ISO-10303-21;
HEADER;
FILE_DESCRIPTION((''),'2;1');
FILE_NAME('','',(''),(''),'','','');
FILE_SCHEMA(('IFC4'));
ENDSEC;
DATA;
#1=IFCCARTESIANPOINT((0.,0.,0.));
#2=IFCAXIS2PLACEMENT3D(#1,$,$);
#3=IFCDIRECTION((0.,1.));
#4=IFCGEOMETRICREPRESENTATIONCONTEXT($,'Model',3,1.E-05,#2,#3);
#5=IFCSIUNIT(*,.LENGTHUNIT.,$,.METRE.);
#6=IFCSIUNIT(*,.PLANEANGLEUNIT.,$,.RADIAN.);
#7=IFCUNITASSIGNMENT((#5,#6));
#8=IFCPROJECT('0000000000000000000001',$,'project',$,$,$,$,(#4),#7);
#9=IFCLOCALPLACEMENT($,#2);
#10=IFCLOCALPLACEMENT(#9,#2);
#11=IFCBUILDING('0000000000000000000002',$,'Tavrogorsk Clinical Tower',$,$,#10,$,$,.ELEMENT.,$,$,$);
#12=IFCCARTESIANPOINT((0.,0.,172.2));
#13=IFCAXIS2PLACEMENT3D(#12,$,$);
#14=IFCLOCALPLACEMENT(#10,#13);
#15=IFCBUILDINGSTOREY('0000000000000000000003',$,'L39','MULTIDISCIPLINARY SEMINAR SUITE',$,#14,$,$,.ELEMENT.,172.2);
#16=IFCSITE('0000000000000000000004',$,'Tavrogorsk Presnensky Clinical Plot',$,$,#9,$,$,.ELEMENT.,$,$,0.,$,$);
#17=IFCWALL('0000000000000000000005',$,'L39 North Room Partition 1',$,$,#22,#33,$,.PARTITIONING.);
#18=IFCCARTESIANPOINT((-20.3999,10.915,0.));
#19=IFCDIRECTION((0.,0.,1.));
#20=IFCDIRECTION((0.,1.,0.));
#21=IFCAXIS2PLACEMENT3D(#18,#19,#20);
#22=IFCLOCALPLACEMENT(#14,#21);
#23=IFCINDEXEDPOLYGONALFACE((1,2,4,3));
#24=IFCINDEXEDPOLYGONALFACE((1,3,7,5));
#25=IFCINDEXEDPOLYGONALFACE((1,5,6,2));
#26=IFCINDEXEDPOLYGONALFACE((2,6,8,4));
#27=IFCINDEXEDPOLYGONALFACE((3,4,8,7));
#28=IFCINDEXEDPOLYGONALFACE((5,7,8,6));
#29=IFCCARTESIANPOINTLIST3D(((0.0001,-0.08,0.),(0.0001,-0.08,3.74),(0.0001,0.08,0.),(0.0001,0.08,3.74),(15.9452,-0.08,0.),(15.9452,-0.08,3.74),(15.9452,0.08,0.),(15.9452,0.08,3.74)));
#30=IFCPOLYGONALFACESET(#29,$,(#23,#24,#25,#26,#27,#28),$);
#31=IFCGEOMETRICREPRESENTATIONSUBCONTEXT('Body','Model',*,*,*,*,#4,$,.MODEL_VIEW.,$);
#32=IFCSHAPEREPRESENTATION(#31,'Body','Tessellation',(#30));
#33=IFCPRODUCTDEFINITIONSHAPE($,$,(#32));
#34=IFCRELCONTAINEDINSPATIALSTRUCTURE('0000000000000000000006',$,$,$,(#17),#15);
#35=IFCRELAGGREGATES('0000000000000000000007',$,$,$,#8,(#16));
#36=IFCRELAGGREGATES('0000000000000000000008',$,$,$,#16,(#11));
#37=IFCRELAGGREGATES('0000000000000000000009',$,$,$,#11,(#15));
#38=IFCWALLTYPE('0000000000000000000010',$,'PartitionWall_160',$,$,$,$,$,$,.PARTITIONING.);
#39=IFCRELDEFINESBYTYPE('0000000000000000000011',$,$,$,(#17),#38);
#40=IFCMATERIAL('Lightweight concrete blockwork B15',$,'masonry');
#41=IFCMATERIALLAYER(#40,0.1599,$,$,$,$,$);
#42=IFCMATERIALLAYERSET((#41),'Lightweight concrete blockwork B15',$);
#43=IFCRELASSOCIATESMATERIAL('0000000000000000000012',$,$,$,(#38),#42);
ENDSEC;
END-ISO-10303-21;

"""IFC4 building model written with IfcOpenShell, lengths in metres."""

from ifc_helpers import new_model, si_unit, direction, frame, frame_2d, origin, place, context, subcontext, project, spatial, rectangle, extrude, material, layer, layer_set, type_object, element, save


model = new_model("IFC4")

# Units and contexts
model_context = context("Model", 3, precision=1e-05, world=origin(), true_north=direction((0.0, 1.0)))
body_context = subcontext(model_context, "Body", "Model", "MODEL_VIEW")
ifc_project = project(units=[si_unit("LENGTHUNIT", "METRE"), si_unit("PLANEANGLEUNIT", "RADIAN")], contexts=[model_context])

# Site, building, storey
site_placement = place(None, origin())
site = spatial("IfcSite", under=ifc_project, at=site_placement, Name="Tavrogorsk Presnensky Clinical Plot", CompositionType="ELEMENT", RefElevation=0.0)
building_placement = place(site_placement, origin())
building = spatial("IfcBuilding", under=site, at=building_placement, Name="Tavrogorsk Clinical Tower", CompositionType="ELEMENT")
storey_placement = place(building_placement, frame((0.0, 0.0, 172.2)))
storey = spatial("IfcBuildingStorey", under=building, at=storey_placement, Name="L39", Description="MULTIDISCIPLINARY SEMINAR SUITE", CompositionType="ELEMENT", Elevation=172.2)

# Wall
ifc_material_1 = material(Name="Lightweight concrete blockwork B15", Category="masonry")
ifc_layer_1 = layer(ifc_material_1, 0.1599)
ifc_layer_set_1 = layer_set([ifc_layer_1], Name="Lightweight concrete blockwork B15")
wall_type_1 = type_object("IfcWallType", Name="PartitionWall_160", PredefinedType="PARTITIONING", material=ifc_layer_set_1)
wall_1_placement = place(storey_placement, frame((-20.3999, 10.915, 0.0), z_axis=(0.0, 0.0, 1.0), x_axis=(0.0, 1.0, 0.0)))
element("IfcWall", 1, at=wall_1_placement, inside=storey, type_object=wall_type_1, Name="L39 North Room Partition 1", PredefinedType="PARTITIONING", context=body_context, shape_type="SweptSolid", body=[
    extrude(rectangle(XDim=15.9451, YDim=0.1599, at=frame_2d((7.9727, 0.0))), origin(), (0.0, 0.0, 1.0), 3.74),
])

save(model, "model.ifc")
